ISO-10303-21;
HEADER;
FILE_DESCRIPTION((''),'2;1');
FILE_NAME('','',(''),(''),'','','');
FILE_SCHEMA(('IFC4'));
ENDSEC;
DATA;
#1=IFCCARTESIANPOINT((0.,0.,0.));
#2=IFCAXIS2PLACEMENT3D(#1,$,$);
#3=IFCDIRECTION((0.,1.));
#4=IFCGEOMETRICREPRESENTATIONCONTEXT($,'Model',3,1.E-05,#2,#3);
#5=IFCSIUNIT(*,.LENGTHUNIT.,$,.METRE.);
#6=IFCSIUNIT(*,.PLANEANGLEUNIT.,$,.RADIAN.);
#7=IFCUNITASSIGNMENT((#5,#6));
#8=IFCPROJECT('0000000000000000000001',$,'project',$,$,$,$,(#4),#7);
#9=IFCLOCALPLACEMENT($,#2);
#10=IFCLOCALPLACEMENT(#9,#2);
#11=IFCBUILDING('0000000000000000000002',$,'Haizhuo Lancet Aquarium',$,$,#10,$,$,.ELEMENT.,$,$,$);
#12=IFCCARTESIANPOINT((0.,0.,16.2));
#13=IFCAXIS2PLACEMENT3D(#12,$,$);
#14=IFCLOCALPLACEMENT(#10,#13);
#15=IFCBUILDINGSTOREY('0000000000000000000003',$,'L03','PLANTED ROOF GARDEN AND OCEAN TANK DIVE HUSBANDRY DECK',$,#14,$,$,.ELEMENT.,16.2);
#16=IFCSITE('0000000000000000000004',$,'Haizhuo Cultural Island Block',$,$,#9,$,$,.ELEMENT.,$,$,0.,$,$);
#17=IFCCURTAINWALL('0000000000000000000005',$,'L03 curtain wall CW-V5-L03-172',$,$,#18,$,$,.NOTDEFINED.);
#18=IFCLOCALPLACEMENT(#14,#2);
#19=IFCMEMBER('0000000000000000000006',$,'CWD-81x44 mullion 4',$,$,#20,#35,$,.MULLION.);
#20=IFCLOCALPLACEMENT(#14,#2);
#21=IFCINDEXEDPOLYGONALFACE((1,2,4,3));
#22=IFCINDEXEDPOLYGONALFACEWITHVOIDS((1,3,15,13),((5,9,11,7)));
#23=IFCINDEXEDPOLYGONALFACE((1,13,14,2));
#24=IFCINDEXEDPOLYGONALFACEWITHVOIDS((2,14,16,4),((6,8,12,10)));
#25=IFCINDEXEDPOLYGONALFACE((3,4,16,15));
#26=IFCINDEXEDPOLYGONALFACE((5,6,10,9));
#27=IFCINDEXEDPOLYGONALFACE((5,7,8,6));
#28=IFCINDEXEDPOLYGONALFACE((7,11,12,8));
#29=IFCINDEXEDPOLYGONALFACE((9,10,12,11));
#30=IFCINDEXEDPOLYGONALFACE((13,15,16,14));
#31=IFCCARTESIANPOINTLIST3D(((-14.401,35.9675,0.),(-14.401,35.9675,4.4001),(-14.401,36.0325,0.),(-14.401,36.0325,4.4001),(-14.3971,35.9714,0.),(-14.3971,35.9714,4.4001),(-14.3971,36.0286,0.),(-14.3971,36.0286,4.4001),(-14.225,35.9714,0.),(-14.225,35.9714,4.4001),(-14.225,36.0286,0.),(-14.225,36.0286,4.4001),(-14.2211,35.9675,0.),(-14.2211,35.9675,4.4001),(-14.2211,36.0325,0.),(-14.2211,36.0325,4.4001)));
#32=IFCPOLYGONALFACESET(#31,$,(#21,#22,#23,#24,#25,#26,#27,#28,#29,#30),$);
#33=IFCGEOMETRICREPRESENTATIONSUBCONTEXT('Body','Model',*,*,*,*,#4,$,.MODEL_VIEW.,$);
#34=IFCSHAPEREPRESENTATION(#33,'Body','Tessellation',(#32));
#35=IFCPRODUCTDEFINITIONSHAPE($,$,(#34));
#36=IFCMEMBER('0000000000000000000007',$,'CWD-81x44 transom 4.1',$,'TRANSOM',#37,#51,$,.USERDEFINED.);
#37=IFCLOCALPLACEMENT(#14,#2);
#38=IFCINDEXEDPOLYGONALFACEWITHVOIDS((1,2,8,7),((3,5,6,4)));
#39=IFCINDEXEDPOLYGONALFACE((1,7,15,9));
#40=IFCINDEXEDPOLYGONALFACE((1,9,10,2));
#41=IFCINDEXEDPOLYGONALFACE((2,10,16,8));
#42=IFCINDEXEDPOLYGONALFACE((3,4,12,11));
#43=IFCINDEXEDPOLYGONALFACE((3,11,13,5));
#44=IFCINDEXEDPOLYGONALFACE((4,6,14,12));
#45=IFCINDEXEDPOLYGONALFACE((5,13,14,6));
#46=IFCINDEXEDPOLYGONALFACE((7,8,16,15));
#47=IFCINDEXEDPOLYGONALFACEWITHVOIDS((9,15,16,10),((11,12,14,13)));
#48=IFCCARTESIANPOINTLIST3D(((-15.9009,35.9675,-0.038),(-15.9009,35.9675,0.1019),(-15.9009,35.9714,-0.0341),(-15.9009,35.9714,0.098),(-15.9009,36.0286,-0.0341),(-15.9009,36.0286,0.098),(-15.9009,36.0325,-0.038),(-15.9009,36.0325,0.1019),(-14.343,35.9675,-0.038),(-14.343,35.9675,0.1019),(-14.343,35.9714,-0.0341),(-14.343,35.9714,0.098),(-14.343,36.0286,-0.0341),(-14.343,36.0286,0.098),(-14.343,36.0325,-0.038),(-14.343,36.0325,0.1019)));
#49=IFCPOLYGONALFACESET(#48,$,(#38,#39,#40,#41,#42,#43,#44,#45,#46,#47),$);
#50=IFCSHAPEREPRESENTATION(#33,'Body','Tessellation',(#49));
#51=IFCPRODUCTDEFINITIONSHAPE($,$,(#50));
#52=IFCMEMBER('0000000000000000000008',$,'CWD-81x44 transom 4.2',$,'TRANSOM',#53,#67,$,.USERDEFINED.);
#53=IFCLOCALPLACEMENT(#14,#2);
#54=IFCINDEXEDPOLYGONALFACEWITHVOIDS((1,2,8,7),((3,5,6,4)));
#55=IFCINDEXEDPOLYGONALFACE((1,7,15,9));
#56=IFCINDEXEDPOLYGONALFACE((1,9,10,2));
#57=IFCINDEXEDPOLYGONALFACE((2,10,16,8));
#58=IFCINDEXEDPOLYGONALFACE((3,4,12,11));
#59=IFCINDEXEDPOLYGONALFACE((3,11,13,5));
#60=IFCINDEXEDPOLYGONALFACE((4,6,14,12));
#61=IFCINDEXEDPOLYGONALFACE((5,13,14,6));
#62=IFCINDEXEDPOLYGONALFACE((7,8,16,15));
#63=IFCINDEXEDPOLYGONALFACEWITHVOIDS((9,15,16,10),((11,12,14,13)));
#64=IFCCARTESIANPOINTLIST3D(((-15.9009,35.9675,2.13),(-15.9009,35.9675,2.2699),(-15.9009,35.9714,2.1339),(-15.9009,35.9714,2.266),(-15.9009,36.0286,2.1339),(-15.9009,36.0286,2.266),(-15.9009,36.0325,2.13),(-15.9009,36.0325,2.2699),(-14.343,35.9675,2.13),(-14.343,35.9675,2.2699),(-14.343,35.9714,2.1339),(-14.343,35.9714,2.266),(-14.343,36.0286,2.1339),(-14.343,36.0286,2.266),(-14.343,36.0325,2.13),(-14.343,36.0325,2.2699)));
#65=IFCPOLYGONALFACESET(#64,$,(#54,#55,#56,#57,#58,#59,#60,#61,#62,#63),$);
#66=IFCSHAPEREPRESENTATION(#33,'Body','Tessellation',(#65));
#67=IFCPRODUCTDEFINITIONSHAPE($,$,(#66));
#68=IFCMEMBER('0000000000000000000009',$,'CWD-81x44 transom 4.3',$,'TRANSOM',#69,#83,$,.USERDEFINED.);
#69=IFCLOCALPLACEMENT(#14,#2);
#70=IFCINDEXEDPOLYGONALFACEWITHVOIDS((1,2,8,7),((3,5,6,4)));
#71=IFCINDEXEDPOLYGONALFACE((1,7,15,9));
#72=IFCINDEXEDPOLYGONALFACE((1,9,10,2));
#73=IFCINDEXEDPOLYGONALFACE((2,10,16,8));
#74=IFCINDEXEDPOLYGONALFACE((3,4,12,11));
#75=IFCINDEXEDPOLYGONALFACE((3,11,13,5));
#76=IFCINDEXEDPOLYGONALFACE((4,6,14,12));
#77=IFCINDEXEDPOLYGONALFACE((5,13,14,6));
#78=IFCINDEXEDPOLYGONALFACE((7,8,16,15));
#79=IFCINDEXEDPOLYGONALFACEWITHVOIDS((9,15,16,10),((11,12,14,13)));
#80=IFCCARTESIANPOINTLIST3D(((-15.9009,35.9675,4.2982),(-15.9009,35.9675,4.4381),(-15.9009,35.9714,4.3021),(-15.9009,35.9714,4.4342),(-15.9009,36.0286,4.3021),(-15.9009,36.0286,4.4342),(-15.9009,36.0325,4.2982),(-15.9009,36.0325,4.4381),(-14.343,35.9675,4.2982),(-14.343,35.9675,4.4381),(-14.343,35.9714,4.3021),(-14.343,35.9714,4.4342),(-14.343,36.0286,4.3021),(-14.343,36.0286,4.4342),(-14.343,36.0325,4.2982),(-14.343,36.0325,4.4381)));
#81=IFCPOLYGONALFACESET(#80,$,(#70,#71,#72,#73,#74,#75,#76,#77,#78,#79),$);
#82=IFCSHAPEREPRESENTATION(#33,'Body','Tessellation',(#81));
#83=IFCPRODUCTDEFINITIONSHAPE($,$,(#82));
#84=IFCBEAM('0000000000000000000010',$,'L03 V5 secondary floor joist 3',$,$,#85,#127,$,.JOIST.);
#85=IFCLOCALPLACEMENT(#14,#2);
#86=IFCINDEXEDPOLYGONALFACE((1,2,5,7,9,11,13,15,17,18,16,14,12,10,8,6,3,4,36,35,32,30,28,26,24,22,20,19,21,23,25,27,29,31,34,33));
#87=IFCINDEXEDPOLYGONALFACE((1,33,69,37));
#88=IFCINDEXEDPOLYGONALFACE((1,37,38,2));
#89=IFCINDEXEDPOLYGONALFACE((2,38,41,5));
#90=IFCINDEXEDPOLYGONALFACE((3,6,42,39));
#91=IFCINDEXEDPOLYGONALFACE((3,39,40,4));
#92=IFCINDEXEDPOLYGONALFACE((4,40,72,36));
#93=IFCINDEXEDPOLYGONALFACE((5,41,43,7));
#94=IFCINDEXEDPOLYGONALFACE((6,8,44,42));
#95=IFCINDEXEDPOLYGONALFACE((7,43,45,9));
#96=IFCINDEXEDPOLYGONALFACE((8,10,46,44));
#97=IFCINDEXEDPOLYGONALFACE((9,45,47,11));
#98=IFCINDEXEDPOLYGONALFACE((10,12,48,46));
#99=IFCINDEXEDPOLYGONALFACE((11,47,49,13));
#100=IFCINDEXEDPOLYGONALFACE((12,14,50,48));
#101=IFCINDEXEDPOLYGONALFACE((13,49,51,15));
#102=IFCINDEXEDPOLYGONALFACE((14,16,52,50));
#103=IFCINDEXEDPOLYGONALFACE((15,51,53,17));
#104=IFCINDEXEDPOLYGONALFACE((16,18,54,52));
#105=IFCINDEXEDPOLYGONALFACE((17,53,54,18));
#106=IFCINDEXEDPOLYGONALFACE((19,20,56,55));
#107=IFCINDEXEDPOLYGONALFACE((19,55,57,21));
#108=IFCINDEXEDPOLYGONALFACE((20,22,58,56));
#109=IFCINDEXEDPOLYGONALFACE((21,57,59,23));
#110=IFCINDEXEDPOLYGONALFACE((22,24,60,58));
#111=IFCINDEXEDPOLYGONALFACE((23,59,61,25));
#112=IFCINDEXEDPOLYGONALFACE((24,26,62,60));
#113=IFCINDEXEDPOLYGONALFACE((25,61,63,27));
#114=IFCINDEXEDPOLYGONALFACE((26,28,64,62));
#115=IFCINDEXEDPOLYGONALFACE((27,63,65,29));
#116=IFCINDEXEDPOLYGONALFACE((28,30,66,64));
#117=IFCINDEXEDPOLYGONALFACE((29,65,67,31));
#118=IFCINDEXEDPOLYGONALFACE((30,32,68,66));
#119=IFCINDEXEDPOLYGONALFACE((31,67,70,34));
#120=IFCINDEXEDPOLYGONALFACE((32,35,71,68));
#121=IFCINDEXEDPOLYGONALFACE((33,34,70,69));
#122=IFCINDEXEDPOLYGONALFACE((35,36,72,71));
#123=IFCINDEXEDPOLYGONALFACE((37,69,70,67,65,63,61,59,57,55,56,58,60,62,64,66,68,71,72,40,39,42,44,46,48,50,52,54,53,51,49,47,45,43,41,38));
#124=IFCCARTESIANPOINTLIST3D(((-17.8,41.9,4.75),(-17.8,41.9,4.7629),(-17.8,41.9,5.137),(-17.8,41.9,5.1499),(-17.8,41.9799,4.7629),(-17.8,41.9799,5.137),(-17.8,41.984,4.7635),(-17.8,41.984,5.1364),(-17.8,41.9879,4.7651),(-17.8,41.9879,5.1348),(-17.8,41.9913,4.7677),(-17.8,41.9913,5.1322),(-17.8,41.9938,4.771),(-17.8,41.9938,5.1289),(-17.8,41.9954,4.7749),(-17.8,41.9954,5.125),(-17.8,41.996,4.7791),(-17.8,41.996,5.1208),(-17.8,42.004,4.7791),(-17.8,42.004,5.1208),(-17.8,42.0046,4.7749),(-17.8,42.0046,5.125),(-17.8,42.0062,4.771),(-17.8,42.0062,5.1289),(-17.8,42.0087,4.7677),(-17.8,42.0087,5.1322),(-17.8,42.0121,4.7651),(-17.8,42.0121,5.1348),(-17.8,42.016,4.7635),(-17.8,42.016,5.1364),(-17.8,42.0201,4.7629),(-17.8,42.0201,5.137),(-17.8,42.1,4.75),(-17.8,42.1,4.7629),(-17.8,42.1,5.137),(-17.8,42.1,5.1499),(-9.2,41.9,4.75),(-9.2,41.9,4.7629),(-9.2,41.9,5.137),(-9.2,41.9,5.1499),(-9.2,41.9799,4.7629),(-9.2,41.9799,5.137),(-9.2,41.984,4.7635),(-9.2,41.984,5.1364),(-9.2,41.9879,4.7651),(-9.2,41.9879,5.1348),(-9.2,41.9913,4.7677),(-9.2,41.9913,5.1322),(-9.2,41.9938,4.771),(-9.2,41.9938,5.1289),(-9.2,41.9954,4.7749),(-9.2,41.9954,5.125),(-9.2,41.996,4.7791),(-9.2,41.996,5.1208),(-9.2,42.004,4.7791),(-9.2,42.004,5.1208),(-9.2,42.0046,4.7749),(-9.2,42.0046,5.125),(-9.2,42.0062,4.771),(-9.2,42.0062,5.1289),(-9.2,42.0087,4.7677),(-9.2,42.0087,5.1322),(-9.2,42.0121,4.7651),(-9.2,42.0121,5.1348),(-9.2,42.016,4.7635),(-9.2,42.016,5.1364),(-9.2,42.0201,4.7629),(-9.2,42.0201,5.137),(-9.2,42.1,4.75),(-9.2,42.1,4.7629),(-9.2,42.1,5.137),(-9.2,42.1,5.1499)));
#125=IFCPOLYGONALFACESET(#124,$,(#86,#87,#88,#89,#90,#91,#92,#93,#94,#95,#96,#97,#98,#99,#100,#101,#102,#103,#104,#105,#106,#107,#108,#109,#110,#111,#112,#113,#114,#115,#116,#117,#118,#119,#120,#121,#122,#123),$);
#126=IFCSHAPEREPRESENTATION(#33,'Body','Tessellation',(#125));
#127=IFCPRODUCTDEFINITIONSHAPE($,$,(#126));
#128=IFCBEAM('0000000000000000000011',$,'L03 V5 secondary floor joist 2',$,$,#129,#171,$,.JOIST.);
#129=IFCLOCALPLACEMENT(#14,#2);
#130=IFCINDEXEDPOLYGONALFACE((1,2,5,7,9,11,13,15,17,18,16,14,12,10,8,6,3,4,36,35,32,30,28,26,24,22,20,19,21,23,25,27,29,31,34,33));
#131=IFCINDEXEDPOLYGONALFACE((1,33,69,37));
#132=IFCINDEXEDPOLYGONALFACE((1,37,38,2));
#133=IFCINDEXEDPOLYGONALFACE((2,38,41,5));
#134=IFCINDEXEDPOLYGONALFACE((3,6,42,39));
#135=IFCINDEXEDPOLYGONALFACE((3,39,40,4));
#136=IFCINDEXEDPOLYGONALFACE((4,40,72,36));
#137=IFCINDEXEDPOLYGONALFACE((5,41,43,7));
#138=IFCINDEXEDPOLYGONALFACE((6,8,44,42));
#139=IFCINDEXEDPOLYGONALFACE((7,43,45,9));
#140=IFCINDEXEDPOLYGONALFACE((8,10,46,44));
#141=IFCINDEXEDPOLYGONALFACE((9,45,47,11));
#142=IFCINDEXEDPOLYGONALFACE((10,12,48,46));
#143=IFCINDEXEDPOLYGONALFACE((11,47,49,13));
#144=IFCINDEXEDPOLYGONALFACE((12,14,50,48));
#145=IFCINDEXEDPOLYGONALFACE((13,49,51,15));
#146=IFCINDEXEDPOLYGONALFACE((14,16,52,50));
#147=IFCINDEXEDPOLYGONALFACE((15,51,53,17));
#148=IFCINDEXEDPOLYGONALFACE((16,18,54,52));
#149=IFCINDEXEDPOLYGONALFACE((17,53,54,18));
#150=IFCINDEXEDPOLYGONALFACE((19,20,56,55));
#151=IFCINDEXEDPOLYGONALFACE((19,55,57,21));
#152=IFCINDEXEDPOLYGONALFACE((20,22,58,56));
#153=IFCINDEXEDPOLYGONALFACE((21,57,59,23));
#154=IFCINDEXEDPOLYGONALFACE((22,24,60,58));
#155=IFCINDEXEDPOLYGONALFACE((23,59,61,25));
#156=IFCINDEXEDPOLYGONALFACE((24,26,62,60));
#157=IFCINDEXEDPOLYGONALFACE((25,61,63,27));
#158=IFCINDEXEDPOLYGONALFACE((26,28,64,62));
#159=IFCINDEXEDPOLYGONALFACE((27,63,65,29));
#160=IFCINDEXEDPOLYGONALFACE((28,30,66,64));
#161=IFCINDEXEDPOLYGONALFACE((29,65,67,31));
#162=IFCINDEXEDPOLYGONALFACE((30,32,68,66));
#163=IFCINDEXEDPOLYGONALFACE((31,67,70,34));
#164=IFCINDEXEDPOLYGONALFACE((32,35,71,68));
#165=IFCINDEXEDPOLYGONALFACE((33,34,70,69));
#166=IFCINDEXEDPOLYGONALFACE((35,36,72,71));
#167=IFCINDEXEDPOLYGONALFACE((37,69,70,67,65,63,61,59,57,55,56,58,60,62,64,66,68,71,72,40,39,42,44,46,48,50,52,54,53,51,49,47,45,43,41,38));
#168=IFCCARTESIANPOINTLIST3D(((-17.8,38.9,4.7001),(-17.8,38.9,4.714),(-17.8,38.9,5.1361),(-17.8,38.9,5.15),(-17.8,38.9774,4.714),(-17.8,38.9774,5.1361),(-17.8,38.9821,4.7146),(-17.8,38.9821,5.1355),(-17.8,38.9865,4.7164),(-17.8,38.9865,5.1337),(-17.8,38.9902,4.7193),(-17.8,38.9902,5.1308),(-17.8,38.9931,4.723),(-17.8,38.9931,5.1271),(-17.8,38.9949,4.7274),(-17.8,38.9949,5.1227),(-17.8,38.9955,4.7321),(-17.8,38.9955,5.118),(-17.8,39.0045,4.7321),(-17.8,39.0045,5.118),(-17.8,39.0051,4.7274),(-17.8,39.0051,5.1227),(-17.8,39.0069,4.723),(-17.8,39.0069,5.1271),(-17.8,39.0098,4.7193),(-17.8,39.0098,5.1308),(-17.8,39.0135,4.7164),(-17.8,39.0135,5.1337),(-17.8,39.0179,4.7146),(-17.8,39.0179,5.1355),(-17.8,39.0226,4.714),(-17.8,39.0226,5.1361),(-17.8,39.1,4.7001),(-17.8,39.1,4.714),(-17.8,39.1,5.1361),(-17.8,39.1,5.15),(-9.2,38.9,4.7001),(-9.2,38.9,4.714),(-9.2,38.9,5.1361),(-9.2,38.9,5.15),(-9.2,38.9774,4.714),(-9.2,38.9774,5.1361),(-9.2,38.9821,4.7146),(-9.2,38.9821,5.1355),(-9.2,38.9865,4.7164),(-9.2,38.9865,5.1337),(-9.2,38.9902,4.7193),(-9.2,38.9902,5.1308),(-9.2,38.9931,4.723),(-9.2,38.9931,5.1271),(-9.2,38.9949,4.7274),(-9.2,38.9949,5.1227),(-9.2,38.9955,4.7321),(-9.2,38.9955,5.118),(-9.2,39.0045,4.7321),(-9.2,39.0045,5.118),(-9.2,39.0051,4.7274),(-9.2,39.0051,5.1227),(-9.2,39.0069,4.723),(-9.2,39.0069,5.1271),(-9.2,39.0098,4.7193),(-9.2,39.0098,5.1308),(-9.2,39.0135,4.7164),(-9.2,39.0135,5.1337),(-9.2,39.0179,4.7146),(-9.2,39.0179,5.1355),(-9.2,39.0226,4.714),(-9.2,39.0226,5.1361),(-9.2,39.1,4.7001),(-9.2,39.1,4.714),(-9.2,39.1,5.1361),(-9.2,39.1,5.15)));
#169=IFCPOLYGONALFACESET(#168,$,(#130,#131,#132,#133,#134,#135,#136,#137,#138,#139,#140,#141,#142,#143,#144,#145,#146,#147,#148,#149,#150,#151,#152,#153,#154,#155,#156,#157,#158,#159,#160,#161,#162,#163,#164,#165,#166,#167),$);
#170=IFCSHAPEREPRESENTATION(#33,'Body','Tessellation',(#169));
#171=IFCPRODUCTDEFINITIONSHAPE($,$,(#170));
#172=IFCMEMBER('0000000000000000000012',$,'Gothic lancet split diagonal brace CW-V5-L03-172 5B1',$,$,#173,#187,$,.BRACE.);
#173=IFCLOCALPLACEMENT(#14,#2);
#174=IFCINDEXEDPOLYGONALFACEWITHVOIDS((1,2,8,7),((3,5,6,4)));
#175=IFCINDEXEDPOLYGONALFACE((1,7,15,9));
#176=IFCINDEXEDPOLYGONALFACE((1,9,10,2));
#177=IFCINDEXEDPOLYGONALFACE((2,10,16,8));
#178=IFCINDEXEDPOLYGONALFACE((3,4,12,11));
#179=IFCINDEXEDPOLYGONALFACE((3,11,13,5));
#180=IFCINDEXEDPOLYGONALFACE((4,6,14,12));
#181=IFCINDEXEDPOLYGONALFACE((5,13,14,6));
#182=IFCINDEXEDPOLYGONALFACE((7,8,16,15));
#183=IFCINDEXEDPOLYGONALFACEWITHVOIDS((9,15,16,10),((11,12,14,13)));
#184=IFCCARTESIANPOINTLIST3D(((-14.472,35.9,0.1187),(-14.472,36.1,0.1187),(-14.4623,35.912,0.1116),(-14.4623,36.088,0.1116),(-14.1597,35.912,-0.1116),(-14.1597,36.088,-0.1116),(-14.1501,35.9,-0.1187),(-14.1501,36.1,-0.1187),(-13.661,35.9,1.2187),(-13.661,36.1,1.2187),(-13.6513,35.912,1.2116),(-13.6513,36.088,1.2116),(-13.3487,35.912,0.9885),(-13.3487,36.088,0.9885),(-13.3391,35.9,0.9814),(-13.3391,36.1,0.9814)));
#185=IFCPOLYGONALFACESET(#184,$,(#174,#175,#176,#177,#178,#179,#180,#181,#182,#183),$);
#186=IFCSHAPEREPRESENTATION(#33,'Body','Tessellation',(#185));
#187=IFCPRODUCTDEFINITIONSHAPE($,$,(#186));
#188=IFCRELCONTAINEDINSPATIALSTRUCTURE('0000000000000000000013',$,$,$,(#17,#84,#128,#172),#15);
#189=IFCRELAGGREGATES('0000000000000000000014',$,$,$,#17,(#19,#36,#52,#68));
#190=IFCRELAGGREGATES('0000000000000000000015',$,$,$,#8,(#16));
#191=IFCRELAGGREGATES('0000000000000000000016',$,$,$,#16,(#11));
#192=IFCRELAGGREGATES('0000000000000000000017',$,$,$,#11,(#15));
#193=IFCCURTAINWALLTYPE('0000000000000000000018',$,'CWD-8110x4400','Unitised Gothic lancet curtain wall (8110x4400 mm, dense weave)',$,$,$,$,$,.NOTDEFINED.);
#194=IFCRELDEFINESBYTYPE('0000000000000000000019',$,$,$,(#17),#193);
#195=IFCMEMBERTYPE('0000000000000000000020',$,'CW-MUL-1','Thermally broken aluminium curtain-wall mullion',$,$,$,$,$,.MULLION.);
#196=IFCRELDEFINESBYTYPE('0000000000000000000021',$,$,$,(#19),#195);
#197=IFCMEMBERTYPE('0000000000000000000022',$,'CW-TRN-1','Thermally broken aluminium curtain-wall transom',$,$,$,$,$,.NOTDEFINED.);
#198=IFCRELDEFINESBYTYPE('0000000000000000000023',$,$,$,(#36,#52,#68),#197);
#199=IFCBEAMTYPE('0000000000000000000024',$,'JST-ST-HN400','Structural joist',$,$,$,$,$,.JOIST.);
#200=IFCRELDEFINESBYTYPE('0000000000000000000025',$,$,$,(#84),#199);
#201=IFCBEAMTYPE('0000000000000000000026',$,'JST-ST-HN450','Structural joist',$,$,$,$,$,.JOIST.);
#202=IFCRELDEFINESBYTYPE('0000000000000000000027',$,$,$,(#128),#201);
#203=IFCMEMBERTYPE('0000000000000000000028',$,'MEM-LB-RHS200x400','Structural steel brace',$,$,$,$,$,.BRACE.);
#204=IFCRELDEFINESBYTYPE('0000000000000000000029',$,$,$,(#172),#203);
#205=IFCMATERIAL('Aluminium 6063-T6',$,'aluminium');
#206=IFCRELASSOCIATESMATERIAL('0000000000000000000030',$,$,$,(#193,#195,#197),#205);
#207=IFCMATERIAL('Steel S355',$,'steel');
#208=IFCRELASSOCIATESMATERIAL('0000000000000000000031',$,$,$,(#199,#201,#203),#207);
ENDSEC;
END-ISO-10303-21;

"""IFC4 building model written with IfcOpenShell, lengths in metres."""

from ifc_helpers import new_model, si_unit, direction, frame, origin, origin_2d, place, context, subcontext, project, spatial, hollow_rectangle, i_section, extrude, material, material_profile, profile_set, type_object, element, aggregate, save


model = new_model("IFC4")

# Units and contexts
model_context = context("Model", 3, precision=1e-05, world=origin(), true_north=direction((0.0, 1.0)))
body_context = subcontext(model_context, "Body", "Model", "MODEL_VIEW")
ifc_project = project(units=[si_unit("LENGTHUNIT", "METRE"), si_unit("PLANEANGLEUNIT", "RADIAN")], contexts=[model_context])

# Site, building, storey
site_placement = place(None, origin())
site = spatial("IfcSite", under=ifc_project, at=site_placement, Name="Haizhuo Cultural Island Block", CompositionType="ELEMENT", RefElevation=0.0)
building_placement = place(site_placement, origin())
building = spatial("IfcBuilding", under=site, at=building_placement, Name="Haizhuo Lancet Aquarium", CompositionType="ELEMENT")
storey_placement = place(building_placement, frame((0.0, 0.0, 16.2)))
storey = spatial("IfcBuildingStorey", under=building, at=storey_placement, Name="L03", Description="PLANTED ROOF GARDEN AND OCEAN TANK DIVE HUSBANDRY DECK", CompositionType="ELEMENT", Elevation=16.2)

# Curtain wall, members
ifc_material_1 = material(Name="Aluminium 6063-T6", Category="aluminium")
curtain_wall_type = type_object("IfcCurtainWallType", Name="CWD-8110x4400", Description="Unitised Gothic lancet curtain wall (8110x4400 mm, dense weave)", PredefinedType="NOTDEFINED", material=ifc_material_1)
curtain_wall_placement = place(storey_placement, origin())
curtain_wall = element("IfcCurtainWall", 1, at=curtain_wall_placement, inside=storey, type_object=curtain_wall_type, Name="L03 curtain wall CW-V5-L03-172", PredefinedType="NOTDEFINED")
ifc_material_profile_1 = material_profile(ifc_material_1, hollow_rectangle(XDim=0.0649, YDim=0.1799, WallThickness=0.0039, at=origin_2d()), Name="ALU-M 65x180x4")
ifc_profile_set_1 = profile_set([ifc_material_profile_1], Name="Aluminium 6063-T6")
member_type_1 = type_object("IfcMemberType", Name="CW-MUL-1", Description="Thermally broken aluminium curtain-wall mullion", PredefinedType="MULLION", material=ifc_profile_set_1)
member_1_placement = place(storey_placement, frame((-14.311, 36.0, 0.0), z_axis=(0.0, 0.0, 1.0), x_axis=(0.0, -1.0, 0.0)))
member_1 = element("IfcMember", 2, at=member_1_placement, type_object=member_type_1, Name="CWD-81x44 mullion 4", PredefinedType="MULLION", context=body_context, shape_type="SweptSolid", body=[
    extrude(hollow_rectangle(XDim=0.0649, YDim=0.1799, WallThickness=0.0039, at=origin_2d()), origin(), (0.0, 0.0, 1.0), 4.4001),
])
ifc_material_profile_2 = material_profile(ifc_material_1, hollow_rectangle(XDim=0.0649, YDim=0.1399, WallThickness=0.0039, at=origin_2d()), Name="ALU-T 65x140x4")
ifc_profile_set_2 = profile_set([ifc_material_profile_2], Name="Aluminium 6063-T6")
member_type_2 = type_object("IfcMemberType", Name="CW-TRN-1", Description="Thermally broken aluminium curtain-wall transom", PredefinedType="NOTDEFINED", material=ifc_profile_set_2)
member_2_placement = place(storey_placement, frame((-14.343, 36.0, 0.032), z_axis=(-1.0, 0.0, 0.0), x_axis=(0.0, -1.0, 0.0)))
member_2 = element("IfcMember", 3, at=member_2_placement, type_object=member_type_2, Name="CWD-81x44 transom 4.1", ObjectType="TRANSOM", PredefinedType="USERDEFINED", context=body_context, shape_type="SweptSolid", body=[
    extrude(hollow_rectangle(XDim=0.0649, YDim=0.1399, WallThickness=0.0039, at=origin_2d()), origin(), (0.0, 0.0, 1.0), 1.5579),
])
member_3_placement = place(storey_placement, frame((-14.343, 36.0, 2.2), z_axis=(-1.0, 0.0, 0.0), x_axis=(0.0, -1.0, 0.0)))
member_3 = element("IfcMember", 4, at=member_3_placement, type_object=member_type_2, Name="CWD-81x44 transom 4.2", ObjectType="TRANSOM", PredefinedType="USERDEFINED", context=body_context, shape_type="SweptSolid", body=[
    extrude(hollow_rectangle(XDim=0.0649, YDim=0.1399, WallThickness=0.0039, at=origin_2d()), origin(), (0.0, 0.0, 1.0), 1.5579),
])
member_4_placement = place(storey_placement, frame((-14.343, 36.0, 4.3682), z_axis=(-1.0, 0.0, 0.0), x_axis=(0.0, -1.0, 0.0)))
member_4 = element("IfcMember", 5, at=member_4_placement, type_object=member_type_2, Name="CWD-81x44 transom 4.3", ObjectType="TRANSOM", PredefinedType="USERDEFINED", context=body_context, shape_type="SweptSolid", body=[
    extrude(hollow_rectangle(XDim=0.0649, YDim=0.1399, WallThickness=0.0039, at=origin_2d()), origin(), (0.0, 0.0, 1.0), 1.5579),
])

# Beams
ifc_material_2 = material(Name="Steel S355", Category="steel")
ifc_material_profile_3 = material_profile(ifc_material_2, i_section(OverallWidth=0.2, OverallDepth=0.3999, WebThickness=0.0081, FlangeThickness=0.0129, FilletRadius=0.0161, at=origin_2d()), Name="HN 400x200x8x13")
ifc_profile_set_3 = profile_set([ifc_material_profile_3], Name="Steel S355")
beam_type_1 = type_object("IfcBeamType", Name="JST-ST-HN400", Description="Structural joist", PredefinedType="JOIST", material=ifc_profile_set_3)
beam_1_placement = place(storey_placement, frame((-17.8, 42.0, 4.95), z_axis=(1.0, 0.0, 0.0), x_axis=(0.0, 1.0, 0.0)))
element("IfcBeam", 6, at=beam_1_placement, inside=storey, type_object=beam_type_1, Name="L03 V5 secondary floor joist 3", PredefinedType="JOIST", context=body_context, shape_type="SweptSolid", body=[
    extrude(i_section(OverallWidth=0.2, OverallDepth=0.3999, WebThickness=0.0081, FlangeThickness=0.0129, FilletRadius=0.0161, at=origin_2d()), origin(), (0.0, 0.0, 1.0), 8.6001),
])
ifc_material_profile_4 = material_profile(ifc_material_2, i_section(OverallWidth=0.2, OverallDepth=0.45, WebThickness=0.009, FlangeThickness=0.0139, FilletRadius=0.0181, at=origin_2d()), Name="HN 450x200x9x14")
ifc_profile_set_4 = profile_set([ifc_material_profile_4], Name="Steel S355")
beam_type_2 = type_object("IfcBeamType", Name="JST-ST-HN450", Description="Structural joist", PredefinedType="JOIST", material=ifc_profile_set_4)
beam_2_placement = place(storey_placement, frame((-17.8, 39.0, 4.925), z_axis=(1.0, 0.0, 0.0), x_axis=(0.0, 1.0, 0.0)))
element("IfcBeam", 7, at=beam_2_placement, inside=storey, type_object=beam_type_2, Name="L03 V5 secondary floor joist 2", PredefinedType="JOIST", context=body_context, shape_type="SweptSolid", body=[
    extrude(i_section(OverallWidth=0.2, OverallDepth=0.45, WebThickness=0.009, FlangeThickness=0.0139, FilletRadius=0.0181, at=origin_2d()), origin(), (0.0, 0.0, 1.0), 8.6001),
])

# Member
ifc_material_profile_5 = material_profile(ifc_material_2, hollow_rectangle(XDim=0.2, YDim=0.3999, WallThickness=0.012, at=origin_2d()), Name="RHS 200x400x12")
ifc_profile_set_5 = profile_set([ifc_material_profile_5], Name="Steel S355")
member_type_3 = type_object("IfcMemberType", Name="MEM-LB-RHS200x400", Description="Structural steel brace", PredefinedType="BRACE", material=ifc_profile_set_5)
member_5_placement = place(storey_placement, frame((-14.311, 36.0, 0.0), z_axis=(0.593406, 0.0, 0.804903), x_axis=(0.0, 1.0, 0.0)))
element("IfcMember", 8, at=member_5_placement, inside=storey, type_object=member_type_3, Name="Gothic lancet split diagonal brace CW-V5-L03-172 5B1", PredefinedType="BRACE", context=body_context, shape_type="SweptSolid", body=[
    extrude(hollow_rectangle(XDim=0.2, YDim=0.3999, WallThickness=0.012, at=origin_2d()), origin(), (0.0, 0.0, 1.0), 1.3667),
])

aggregate(curtain_wall, [member_1, member_2, member_3, member_4])

save(model, "model.ifc")
